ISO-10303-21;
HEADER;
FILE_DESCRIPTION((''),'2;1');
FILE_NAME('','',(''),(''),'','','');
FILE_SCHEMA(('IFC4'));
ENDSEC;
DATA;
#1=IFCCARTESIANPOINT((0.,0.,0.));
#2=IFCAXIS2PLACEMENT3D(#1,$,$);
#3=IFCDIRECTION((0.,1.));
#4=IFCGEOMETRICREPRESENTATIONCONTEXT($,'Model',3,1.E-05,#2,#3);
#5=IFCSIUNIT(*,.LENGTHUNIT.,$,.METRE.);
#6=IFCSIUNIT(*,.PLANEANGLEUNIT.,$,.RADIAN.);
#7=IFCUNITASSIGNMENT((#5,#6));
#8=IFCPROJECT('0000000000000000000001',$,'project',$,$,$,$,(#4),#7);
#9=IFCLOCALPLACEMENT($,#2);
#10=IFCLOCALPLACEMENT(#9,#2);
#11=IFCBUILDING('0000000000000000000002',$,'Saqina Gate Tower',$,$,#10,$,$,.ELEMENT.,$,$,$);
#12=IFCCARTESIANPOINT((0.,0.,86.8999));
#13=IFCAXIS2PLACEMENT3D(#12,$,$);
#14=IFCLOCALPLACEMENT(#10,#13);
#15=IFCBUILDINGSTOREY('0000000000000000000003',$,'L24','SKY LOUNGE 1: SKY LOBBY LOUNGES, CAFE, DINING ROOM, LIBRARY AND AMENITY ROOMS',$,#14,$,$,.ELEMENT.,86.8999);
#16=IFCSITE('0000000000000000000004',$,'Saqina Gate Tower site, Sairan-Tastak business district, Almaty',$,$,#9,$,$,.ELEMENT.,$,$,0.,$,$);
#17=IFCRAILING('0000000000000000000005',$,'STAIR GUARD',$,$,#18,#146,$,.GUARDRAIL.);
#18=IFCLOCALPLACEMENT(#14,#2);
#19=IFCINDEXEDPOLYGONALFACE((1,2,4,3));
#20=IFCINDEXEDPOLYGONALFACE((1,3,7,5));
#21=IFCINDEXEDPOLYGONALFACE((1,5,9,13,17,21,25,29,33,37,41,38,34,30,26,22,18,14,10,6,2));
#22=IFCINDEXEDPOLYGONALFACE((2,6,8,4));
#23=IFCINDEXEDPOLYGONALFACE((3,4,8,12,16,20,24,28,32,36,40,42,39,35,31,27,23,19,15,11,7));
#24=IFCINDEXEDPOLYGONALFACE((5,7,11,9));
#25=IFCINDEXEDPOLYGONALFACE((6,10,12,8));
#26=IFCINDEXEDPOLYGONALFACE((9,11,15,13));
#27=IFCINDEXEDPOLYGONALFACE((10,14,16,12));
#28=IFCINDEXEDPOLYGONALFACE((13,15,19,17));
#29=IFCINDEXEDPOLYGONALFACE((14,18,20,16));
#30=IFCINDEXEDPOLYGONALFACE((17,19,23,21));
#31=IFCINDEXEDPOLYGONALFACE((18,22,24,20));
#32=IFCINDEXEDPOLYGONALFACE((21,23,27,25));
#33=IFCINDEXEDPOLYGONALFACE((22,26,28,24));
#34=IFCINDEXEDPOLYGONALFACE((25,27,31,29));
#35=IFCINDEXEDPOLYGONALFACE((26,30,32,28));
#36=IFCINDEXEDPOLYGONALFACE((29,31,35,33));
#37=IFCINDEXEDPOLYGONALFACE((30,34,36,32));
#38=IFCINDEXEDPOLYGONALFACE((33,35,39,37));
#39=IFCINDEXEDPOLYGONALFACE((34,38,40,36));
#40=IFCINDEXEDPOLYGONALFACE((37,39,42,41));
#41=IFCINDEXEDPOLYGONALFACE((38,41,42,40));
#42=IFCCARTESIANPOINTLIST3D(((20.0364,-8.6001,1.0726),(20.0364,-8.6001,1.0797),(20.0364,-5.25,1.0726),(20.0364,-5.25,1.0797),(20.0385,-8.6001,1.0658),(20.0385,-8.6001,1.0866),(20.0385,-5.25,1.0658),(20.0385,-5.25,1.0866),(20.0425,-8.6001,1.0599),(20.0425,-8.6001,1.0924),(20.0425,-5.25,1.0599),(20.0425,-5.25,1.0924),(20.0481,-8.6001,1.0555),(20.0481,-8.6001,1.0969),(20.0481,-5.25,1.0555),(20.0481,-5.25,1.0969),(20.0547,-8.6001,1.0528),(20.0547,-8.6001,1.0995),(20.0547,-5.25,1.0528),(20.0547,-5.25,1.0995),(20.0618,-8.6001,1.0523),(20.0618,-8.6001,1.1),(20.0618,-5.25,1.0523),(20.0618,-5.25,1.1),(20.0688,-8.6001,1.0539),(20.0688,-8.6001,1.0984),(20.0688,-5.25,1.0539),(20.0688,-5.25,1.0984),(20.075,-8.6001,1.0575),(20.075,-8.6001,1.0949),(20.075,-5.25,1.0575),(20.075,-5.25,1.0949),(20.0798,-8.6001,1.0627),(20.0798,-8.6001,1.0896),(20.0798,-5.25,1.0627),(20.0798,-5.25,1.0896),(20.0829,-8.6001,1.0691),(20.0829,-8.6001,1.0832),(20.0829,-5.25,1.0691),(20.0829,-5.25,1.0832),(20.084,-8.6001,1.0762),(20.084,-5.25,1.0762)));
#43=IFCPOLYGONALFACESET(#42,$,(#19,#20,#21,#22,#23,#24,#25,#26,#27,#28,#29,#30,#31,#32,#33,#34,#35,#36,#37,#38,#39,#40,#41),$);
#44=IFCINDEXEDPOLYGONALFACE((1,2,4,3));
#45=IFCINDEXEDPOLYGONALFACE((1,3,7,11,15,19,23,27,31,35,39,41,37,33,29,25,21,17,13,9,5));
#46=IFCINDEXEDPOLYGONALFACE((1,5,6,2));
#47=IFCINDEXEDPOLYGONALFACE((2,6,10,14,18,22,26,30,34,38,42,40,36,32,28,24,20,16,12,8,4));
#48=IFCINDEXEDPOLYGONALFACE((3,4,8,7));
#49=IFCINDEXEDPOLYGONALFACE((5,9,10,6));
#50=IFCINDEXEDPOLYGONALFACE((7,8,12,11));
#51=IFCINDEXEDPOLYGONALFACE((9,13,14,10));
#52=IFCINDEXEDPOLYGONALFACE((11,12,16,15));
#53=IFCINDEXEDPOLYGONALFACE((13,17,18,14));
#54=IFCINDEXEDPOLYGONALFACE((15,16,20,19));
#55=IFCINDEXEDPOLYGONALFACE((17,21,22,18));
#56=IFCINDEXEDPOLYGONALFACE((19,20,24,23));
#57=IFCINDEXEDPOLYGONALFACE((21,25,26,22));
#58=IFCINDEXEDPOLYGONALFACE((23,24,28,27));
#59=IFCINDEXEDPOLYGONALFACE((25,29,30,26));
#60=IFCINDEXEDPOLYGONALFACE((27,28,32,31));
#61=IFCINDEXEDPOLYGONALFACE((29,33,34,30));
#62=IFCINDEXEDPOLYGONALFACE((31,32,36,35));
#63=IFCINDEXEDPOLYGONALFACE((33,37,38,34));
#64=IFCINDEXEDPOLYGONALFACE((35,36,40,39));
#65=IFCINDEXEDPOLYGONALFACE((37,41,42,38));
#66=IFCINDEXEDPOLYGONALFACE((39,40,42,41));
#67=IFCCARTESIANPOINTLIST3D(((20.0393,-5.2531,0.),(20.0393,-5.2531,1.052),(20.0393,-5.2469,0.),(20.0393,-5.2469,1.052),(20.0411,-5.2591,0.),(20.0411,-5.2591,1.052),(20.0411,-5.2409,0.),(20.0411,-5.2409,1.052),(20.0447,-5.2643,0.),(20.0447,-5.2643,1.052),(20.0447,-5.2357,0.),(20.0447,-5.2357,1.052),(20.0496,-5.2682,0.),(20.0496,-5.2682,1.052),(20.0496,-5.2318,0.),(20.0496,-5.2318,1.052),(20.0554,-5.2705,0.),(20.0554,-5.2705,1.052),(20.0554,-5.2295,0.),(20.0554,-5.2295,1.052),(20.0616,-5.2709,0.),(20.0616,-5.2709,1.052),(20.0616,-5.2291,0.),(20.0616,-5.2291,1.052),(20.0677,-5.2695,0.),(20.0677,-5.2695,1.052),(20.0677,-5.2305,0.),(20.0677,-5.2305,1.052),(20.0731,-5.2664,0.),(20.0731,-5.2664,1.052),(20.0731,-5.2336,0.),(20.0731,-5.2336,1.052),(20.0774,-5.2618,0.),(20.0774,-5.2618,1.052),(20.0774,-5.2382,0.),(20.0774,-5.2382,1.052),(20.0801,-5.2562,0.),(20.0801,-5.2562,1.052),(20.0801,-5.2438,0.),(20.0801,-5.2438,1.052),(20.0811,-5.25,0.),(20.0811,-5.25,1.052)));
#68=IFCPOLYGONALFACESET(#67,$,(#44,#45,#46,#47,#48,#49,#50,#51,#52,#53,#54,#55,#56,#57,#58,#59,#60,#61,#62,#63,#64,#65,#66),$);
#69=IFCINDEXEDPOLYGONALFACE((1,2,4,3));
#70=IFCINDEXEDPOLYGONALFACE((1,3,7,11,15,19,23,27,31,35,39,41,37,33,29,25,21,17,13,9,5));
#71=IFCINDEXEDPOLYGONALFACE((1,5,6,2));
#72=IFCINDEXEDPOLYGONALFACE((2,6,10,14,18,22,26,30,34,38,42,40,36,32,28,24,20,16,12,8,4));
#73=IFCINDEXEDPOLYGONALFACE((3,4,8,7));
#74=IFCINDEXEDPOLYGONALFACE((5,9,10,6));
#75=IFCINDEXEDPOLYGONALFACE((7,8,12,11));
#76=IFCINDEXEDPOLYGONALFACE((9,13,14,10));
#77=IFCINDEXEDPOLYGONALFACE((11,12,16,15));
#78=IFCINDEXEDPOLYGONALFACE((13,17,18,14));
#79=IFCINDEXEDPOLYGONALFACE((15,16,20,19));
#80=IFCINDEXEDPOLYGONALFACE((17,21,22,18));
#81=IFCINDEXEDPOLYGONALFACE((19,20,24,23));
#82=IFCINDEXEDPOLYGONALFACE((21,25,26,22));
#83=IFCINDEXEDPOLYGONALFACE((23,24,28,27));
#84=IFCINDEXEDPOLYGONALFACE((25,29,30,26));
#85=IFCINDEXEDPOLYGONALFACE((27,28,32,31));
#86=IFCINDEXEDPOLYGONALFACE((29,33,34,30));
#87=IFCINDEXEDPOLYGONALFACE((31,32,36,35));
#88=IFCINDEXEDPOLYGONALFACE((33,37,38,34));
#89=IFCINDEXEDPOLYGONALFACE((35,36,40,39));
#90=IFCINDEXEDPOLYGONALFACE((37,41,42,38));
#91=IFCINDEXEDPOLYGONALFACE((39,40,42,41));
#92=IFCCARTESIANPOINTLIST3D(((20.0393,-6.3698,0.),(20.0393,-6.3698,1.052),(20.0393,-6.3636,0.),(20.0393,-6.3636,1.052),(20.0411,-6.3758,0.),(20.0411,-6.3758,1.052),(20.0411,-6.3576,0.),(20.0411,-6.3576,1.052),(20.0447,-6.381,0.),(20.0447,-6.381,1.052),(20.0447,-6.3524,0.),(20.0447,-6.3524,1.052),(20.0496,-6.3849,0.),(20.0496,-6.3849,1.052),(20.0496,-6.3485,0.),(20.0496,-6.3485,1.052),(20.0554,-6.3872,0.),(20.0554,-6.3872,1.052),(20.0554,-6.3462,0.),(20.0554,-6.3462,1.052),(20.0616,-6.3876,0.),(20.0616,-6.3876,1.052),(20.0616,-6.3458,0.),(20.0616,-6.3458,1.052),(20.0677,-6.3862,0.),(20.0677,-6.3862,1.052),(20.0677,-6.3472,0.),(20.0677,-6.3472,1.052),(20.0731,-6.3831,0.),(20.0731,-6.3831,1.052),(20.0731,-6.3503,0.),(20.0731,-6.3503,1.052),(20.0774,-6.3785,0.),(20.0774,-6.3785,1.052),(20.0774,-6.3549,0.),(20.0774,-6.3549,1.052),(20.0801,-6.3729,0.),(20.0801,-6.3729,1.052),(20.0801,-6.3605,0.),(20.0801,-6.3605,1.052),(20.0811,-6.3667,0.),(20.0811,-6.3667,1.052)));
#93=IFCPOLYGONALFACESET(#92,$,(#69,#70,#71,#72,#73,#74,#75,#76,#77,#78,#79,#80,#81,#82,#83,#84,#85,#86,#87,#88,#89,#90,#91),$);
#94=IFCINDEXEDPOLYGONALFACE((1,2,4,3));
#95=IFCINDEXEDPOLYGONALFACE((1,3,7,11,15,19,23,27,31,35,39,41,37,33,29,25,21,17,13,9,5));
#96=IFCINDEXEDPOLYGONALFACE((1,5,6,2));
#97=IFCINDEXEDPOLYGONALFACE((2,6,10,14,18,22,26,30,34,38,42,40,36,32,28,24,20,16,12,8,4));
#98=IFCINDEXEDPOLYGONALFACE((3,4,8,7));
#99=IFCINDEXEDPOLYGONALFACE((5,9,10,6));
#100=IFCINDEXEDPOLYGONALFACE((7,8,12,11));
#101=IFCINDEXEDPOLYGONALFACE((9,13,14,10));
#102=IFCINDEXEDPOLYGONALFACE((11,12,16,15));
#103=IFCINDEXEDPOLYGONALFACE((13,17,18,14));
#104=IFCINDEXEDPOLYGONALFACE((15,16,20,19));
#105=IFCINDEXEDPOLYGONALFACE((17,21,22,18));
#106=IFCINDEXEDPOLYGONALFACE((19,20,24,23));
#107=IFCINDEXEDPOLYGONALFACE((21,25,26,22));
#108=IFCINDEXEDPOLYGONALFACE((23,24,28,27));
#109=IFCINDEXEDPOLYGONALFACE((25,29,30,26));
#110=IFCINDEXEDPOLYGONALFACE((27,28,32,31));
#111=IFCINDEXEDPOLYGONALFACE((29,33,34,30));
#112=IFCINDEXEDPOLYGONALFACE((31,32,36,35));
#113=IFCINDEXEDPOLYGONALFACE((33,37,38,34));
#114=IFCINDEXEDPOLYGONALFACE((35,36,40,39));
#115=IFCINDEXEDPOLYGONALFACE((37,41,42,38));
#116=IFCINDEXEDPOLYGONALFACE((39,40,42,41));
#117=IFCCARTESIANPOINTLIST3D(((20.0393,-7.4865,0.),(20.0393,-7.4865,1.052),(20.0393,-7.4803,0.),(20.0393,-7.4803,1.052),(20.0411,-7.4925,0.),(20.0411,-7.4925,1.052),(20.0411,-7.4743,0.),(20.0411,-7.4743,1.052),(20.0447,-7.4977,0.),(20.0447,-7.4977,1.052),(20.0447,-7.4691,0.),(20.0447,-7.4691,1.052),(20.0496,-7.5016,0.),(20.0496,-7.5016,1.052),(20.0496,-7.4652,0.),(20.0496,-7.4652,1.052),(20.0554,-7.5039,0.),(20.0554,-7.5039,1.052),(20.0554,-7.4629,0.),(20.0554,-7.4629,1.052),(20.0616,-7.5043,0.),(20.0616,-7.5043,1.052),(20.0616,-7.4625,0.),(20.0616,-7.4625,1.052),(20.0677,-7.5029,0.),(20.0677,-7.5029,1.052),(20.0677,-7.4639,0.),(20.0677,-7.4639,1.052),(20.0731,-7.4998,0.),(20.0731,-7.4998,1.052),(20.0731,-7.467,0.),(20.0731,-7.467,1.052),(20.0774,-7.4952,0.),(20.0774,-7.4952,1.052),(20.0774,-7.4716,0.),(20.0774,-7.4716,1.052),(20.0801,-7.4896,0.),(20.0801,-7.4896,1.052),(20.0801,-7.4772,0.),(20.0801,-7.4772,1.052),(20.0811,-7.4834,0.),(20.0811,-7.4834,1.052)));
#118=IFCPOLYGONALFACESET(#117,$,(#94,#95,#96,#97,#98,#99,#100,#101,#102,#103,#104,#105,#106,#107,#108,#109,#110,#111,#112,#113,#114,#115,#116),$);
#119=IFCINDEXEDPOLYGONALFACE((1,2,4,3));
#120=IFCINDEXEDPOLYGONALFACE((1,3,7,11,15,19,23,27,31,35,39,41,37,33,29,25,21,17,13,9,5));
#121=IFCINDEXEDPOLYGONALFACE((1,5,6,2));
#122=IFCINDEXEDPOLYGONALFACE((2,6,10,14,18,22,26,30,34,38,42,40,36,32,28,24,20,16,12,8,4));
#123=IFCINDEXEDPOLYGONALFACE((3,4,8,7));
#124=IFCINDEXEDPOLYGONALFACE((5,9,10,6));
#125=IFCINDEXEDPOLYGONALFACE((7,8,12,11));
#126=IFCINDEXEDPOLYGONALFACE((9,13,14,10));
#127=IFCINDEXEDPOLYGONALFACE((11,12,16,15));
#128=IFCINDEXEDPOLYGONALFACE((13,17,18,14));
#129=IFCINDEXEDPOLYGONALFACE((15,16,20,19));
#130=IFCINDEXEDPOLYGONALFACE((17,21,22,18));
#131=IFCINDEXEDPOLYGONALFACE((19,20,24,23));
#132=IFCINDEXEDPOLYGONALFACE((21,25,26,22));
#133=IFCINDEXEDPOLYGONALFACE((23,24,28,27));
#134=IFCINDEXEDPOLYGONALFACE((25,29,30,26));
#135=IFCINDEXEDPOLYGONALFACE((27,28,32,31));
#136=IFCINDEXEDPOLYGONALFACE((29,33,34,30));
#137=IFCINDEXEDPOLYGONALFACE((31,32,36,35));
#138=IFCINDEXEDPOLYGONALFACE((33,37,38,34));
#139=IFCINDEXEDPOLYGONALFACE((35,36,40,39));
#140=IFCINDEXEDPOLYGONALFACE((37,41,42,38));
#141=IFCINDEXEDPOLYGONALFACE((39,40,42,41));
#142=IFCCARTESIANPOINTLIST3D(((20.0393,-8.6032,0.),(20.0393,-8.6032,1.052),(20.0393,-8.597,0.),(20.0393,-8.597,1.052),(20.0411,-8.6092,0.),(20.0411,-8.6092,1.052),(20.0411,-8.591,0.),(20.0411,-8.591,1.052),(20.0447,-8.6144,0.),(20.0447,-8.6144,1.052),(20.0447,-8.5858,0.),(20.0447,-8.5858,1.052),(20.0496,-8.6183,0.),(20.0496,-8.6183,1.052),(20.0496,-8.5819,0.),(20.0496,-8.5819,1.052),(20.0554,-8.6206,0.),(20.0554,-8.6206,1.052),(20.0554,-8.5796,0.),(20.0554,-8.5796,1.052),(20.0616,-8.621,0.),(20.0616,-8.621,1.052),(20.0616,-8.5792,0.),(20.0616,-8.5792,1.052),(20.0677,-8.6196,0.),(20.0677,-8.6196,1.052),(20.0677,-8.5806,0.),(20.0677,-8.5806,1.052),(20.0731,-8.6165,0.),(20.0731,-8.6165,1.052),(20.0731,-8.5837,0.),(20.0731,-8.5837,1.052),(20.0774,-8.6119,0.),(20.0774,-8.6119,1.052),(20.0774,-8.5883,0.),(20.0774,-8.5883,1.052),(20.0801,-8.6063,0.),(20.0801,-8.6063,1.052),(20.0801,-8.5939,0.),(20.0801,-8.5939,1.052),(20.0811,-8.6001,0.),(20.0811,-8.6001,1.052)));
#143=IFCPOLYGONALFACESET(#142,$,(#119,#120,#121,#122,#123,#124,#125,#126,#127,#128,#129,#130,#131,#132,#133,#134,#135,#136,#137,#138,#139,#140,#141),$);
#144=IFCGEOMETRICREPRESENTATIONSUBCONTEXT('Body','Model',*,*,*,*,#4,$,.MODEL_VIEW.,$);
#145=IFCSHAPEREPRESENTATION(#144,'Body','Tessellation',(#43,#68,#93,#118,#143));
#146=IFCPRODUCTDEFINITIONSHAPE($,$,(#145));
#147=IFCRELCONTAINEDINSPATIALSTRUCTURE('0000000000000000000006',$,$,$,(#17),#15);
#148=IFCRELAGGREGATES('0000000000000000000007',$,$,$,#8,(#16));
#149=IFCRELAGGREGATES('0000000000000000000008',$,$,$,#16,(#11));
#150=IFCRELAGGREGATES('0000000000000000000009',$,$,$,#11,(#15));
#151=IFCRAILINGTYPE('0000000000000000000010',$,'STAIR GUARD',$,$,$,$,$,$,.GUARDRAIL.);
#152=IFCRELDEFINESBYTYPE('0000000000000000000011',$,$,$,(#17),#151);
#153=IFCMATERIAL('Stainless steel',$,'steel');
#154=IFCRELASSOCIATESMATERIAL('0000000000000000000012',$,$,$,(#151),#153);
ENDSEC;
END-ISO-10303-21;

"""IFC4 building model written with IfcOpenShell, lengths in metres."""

from ifc_helpers import new_model, si_unit, direction, frame, origin, origin_2d, place, context, subcontext, project, spatial, circle, extrude, material, type_object, element, save


model = new_model("IFC4")

# Units and contexts
model_context = context("Model", 3, precision=1e-05, world=origin(), true_north=direction((0.0, 1.0)))
body_context = subcontext(model_context, "Body", "Model", "MODEL_VIEW")
ifc_project = project(units=[si_unit("LENGTHUNIT", "METRE"), si_unit("PLANEANGLEUNIT", "RADIAN")], contexts=[model_context])

# Site, building, storey
site_placement = place(None, origin())
site = spatial("IfcSite", under=ifc_project, at=site_placement, Name="Saqina Gate Tower site, Sairan-Tastak business district, Almaty", CompositionType="ELEMENT", RefElevation=0.0)
building_placement = place(site_placement, origin())
building = spatial("IfcBuilding", under=site, at=building_placement, Name="Saqina Gate Tower", CompositionType="ELEMENT")
storey_placement = place(building_placement, frame((0.0, 0.0, 86.8999)))
storey = spatial("IfcBuildingStorey", under=building, at=storey_placement, Name="L24", Description="SKY LOUNGE 1: SKY LOBBY LOUNGES, CAFE, DINING ROOM, LIBRARY AND AMENITY ROOMS", CompositionType="ELEMENT", Elevation=86.8999)

# Railing
ifc_material_1 = material(Name="Stainless steel", Category="steel")
railing_type_1 = type_object("IfcRailingType", Name="STAIR GUARD", PredefinedType="GUARDRAIL", material=ifc_material_1)
railing_1_placement = place(storey_placement, frame((20.0601, -5.25, 0.0)))
element("IfcRailing", 1, at=railing_1_placement, inside=storey, type_object=railing_type_1, Name="STAIR GUARD", PredefinedType="GUARDRAIL", context=body_context, shape_type="SweptSolid", body=[
    extrude(circle(Radius=0.0239, at=origin_2d()), frame((0.0, 0.0, 1.0762), z_axis=(0.0, -1.0, 0.0), x_axis=(1.0, 0.0, 0.0)), (0.0, 0.0, 1.0), 3.3501),
    extrude(circle(Radius=0.021, at=origin_2d()), origin(), (0.0, 0.0, 1.0), 1.052),
    extrude(circle(Radius=0.021, at=origin_2d()), frame((0.0, -1.1167, 0.0)), (0.0, 0.0, 1.0), 1.052),
    extrude(circle(Radius=0.021, at=origin_2d()), frame((0.0, -2.2334, 0.0)), (0.0, 0.0, 1.0), 1.052),
    extrude(circle(Radius=0.021, at=origin_2d()), frame((0.0, -3.3501, 0.0)), (0.0, 0.0, 1.0), 1.052),
])

save(model, "model.ifc")
